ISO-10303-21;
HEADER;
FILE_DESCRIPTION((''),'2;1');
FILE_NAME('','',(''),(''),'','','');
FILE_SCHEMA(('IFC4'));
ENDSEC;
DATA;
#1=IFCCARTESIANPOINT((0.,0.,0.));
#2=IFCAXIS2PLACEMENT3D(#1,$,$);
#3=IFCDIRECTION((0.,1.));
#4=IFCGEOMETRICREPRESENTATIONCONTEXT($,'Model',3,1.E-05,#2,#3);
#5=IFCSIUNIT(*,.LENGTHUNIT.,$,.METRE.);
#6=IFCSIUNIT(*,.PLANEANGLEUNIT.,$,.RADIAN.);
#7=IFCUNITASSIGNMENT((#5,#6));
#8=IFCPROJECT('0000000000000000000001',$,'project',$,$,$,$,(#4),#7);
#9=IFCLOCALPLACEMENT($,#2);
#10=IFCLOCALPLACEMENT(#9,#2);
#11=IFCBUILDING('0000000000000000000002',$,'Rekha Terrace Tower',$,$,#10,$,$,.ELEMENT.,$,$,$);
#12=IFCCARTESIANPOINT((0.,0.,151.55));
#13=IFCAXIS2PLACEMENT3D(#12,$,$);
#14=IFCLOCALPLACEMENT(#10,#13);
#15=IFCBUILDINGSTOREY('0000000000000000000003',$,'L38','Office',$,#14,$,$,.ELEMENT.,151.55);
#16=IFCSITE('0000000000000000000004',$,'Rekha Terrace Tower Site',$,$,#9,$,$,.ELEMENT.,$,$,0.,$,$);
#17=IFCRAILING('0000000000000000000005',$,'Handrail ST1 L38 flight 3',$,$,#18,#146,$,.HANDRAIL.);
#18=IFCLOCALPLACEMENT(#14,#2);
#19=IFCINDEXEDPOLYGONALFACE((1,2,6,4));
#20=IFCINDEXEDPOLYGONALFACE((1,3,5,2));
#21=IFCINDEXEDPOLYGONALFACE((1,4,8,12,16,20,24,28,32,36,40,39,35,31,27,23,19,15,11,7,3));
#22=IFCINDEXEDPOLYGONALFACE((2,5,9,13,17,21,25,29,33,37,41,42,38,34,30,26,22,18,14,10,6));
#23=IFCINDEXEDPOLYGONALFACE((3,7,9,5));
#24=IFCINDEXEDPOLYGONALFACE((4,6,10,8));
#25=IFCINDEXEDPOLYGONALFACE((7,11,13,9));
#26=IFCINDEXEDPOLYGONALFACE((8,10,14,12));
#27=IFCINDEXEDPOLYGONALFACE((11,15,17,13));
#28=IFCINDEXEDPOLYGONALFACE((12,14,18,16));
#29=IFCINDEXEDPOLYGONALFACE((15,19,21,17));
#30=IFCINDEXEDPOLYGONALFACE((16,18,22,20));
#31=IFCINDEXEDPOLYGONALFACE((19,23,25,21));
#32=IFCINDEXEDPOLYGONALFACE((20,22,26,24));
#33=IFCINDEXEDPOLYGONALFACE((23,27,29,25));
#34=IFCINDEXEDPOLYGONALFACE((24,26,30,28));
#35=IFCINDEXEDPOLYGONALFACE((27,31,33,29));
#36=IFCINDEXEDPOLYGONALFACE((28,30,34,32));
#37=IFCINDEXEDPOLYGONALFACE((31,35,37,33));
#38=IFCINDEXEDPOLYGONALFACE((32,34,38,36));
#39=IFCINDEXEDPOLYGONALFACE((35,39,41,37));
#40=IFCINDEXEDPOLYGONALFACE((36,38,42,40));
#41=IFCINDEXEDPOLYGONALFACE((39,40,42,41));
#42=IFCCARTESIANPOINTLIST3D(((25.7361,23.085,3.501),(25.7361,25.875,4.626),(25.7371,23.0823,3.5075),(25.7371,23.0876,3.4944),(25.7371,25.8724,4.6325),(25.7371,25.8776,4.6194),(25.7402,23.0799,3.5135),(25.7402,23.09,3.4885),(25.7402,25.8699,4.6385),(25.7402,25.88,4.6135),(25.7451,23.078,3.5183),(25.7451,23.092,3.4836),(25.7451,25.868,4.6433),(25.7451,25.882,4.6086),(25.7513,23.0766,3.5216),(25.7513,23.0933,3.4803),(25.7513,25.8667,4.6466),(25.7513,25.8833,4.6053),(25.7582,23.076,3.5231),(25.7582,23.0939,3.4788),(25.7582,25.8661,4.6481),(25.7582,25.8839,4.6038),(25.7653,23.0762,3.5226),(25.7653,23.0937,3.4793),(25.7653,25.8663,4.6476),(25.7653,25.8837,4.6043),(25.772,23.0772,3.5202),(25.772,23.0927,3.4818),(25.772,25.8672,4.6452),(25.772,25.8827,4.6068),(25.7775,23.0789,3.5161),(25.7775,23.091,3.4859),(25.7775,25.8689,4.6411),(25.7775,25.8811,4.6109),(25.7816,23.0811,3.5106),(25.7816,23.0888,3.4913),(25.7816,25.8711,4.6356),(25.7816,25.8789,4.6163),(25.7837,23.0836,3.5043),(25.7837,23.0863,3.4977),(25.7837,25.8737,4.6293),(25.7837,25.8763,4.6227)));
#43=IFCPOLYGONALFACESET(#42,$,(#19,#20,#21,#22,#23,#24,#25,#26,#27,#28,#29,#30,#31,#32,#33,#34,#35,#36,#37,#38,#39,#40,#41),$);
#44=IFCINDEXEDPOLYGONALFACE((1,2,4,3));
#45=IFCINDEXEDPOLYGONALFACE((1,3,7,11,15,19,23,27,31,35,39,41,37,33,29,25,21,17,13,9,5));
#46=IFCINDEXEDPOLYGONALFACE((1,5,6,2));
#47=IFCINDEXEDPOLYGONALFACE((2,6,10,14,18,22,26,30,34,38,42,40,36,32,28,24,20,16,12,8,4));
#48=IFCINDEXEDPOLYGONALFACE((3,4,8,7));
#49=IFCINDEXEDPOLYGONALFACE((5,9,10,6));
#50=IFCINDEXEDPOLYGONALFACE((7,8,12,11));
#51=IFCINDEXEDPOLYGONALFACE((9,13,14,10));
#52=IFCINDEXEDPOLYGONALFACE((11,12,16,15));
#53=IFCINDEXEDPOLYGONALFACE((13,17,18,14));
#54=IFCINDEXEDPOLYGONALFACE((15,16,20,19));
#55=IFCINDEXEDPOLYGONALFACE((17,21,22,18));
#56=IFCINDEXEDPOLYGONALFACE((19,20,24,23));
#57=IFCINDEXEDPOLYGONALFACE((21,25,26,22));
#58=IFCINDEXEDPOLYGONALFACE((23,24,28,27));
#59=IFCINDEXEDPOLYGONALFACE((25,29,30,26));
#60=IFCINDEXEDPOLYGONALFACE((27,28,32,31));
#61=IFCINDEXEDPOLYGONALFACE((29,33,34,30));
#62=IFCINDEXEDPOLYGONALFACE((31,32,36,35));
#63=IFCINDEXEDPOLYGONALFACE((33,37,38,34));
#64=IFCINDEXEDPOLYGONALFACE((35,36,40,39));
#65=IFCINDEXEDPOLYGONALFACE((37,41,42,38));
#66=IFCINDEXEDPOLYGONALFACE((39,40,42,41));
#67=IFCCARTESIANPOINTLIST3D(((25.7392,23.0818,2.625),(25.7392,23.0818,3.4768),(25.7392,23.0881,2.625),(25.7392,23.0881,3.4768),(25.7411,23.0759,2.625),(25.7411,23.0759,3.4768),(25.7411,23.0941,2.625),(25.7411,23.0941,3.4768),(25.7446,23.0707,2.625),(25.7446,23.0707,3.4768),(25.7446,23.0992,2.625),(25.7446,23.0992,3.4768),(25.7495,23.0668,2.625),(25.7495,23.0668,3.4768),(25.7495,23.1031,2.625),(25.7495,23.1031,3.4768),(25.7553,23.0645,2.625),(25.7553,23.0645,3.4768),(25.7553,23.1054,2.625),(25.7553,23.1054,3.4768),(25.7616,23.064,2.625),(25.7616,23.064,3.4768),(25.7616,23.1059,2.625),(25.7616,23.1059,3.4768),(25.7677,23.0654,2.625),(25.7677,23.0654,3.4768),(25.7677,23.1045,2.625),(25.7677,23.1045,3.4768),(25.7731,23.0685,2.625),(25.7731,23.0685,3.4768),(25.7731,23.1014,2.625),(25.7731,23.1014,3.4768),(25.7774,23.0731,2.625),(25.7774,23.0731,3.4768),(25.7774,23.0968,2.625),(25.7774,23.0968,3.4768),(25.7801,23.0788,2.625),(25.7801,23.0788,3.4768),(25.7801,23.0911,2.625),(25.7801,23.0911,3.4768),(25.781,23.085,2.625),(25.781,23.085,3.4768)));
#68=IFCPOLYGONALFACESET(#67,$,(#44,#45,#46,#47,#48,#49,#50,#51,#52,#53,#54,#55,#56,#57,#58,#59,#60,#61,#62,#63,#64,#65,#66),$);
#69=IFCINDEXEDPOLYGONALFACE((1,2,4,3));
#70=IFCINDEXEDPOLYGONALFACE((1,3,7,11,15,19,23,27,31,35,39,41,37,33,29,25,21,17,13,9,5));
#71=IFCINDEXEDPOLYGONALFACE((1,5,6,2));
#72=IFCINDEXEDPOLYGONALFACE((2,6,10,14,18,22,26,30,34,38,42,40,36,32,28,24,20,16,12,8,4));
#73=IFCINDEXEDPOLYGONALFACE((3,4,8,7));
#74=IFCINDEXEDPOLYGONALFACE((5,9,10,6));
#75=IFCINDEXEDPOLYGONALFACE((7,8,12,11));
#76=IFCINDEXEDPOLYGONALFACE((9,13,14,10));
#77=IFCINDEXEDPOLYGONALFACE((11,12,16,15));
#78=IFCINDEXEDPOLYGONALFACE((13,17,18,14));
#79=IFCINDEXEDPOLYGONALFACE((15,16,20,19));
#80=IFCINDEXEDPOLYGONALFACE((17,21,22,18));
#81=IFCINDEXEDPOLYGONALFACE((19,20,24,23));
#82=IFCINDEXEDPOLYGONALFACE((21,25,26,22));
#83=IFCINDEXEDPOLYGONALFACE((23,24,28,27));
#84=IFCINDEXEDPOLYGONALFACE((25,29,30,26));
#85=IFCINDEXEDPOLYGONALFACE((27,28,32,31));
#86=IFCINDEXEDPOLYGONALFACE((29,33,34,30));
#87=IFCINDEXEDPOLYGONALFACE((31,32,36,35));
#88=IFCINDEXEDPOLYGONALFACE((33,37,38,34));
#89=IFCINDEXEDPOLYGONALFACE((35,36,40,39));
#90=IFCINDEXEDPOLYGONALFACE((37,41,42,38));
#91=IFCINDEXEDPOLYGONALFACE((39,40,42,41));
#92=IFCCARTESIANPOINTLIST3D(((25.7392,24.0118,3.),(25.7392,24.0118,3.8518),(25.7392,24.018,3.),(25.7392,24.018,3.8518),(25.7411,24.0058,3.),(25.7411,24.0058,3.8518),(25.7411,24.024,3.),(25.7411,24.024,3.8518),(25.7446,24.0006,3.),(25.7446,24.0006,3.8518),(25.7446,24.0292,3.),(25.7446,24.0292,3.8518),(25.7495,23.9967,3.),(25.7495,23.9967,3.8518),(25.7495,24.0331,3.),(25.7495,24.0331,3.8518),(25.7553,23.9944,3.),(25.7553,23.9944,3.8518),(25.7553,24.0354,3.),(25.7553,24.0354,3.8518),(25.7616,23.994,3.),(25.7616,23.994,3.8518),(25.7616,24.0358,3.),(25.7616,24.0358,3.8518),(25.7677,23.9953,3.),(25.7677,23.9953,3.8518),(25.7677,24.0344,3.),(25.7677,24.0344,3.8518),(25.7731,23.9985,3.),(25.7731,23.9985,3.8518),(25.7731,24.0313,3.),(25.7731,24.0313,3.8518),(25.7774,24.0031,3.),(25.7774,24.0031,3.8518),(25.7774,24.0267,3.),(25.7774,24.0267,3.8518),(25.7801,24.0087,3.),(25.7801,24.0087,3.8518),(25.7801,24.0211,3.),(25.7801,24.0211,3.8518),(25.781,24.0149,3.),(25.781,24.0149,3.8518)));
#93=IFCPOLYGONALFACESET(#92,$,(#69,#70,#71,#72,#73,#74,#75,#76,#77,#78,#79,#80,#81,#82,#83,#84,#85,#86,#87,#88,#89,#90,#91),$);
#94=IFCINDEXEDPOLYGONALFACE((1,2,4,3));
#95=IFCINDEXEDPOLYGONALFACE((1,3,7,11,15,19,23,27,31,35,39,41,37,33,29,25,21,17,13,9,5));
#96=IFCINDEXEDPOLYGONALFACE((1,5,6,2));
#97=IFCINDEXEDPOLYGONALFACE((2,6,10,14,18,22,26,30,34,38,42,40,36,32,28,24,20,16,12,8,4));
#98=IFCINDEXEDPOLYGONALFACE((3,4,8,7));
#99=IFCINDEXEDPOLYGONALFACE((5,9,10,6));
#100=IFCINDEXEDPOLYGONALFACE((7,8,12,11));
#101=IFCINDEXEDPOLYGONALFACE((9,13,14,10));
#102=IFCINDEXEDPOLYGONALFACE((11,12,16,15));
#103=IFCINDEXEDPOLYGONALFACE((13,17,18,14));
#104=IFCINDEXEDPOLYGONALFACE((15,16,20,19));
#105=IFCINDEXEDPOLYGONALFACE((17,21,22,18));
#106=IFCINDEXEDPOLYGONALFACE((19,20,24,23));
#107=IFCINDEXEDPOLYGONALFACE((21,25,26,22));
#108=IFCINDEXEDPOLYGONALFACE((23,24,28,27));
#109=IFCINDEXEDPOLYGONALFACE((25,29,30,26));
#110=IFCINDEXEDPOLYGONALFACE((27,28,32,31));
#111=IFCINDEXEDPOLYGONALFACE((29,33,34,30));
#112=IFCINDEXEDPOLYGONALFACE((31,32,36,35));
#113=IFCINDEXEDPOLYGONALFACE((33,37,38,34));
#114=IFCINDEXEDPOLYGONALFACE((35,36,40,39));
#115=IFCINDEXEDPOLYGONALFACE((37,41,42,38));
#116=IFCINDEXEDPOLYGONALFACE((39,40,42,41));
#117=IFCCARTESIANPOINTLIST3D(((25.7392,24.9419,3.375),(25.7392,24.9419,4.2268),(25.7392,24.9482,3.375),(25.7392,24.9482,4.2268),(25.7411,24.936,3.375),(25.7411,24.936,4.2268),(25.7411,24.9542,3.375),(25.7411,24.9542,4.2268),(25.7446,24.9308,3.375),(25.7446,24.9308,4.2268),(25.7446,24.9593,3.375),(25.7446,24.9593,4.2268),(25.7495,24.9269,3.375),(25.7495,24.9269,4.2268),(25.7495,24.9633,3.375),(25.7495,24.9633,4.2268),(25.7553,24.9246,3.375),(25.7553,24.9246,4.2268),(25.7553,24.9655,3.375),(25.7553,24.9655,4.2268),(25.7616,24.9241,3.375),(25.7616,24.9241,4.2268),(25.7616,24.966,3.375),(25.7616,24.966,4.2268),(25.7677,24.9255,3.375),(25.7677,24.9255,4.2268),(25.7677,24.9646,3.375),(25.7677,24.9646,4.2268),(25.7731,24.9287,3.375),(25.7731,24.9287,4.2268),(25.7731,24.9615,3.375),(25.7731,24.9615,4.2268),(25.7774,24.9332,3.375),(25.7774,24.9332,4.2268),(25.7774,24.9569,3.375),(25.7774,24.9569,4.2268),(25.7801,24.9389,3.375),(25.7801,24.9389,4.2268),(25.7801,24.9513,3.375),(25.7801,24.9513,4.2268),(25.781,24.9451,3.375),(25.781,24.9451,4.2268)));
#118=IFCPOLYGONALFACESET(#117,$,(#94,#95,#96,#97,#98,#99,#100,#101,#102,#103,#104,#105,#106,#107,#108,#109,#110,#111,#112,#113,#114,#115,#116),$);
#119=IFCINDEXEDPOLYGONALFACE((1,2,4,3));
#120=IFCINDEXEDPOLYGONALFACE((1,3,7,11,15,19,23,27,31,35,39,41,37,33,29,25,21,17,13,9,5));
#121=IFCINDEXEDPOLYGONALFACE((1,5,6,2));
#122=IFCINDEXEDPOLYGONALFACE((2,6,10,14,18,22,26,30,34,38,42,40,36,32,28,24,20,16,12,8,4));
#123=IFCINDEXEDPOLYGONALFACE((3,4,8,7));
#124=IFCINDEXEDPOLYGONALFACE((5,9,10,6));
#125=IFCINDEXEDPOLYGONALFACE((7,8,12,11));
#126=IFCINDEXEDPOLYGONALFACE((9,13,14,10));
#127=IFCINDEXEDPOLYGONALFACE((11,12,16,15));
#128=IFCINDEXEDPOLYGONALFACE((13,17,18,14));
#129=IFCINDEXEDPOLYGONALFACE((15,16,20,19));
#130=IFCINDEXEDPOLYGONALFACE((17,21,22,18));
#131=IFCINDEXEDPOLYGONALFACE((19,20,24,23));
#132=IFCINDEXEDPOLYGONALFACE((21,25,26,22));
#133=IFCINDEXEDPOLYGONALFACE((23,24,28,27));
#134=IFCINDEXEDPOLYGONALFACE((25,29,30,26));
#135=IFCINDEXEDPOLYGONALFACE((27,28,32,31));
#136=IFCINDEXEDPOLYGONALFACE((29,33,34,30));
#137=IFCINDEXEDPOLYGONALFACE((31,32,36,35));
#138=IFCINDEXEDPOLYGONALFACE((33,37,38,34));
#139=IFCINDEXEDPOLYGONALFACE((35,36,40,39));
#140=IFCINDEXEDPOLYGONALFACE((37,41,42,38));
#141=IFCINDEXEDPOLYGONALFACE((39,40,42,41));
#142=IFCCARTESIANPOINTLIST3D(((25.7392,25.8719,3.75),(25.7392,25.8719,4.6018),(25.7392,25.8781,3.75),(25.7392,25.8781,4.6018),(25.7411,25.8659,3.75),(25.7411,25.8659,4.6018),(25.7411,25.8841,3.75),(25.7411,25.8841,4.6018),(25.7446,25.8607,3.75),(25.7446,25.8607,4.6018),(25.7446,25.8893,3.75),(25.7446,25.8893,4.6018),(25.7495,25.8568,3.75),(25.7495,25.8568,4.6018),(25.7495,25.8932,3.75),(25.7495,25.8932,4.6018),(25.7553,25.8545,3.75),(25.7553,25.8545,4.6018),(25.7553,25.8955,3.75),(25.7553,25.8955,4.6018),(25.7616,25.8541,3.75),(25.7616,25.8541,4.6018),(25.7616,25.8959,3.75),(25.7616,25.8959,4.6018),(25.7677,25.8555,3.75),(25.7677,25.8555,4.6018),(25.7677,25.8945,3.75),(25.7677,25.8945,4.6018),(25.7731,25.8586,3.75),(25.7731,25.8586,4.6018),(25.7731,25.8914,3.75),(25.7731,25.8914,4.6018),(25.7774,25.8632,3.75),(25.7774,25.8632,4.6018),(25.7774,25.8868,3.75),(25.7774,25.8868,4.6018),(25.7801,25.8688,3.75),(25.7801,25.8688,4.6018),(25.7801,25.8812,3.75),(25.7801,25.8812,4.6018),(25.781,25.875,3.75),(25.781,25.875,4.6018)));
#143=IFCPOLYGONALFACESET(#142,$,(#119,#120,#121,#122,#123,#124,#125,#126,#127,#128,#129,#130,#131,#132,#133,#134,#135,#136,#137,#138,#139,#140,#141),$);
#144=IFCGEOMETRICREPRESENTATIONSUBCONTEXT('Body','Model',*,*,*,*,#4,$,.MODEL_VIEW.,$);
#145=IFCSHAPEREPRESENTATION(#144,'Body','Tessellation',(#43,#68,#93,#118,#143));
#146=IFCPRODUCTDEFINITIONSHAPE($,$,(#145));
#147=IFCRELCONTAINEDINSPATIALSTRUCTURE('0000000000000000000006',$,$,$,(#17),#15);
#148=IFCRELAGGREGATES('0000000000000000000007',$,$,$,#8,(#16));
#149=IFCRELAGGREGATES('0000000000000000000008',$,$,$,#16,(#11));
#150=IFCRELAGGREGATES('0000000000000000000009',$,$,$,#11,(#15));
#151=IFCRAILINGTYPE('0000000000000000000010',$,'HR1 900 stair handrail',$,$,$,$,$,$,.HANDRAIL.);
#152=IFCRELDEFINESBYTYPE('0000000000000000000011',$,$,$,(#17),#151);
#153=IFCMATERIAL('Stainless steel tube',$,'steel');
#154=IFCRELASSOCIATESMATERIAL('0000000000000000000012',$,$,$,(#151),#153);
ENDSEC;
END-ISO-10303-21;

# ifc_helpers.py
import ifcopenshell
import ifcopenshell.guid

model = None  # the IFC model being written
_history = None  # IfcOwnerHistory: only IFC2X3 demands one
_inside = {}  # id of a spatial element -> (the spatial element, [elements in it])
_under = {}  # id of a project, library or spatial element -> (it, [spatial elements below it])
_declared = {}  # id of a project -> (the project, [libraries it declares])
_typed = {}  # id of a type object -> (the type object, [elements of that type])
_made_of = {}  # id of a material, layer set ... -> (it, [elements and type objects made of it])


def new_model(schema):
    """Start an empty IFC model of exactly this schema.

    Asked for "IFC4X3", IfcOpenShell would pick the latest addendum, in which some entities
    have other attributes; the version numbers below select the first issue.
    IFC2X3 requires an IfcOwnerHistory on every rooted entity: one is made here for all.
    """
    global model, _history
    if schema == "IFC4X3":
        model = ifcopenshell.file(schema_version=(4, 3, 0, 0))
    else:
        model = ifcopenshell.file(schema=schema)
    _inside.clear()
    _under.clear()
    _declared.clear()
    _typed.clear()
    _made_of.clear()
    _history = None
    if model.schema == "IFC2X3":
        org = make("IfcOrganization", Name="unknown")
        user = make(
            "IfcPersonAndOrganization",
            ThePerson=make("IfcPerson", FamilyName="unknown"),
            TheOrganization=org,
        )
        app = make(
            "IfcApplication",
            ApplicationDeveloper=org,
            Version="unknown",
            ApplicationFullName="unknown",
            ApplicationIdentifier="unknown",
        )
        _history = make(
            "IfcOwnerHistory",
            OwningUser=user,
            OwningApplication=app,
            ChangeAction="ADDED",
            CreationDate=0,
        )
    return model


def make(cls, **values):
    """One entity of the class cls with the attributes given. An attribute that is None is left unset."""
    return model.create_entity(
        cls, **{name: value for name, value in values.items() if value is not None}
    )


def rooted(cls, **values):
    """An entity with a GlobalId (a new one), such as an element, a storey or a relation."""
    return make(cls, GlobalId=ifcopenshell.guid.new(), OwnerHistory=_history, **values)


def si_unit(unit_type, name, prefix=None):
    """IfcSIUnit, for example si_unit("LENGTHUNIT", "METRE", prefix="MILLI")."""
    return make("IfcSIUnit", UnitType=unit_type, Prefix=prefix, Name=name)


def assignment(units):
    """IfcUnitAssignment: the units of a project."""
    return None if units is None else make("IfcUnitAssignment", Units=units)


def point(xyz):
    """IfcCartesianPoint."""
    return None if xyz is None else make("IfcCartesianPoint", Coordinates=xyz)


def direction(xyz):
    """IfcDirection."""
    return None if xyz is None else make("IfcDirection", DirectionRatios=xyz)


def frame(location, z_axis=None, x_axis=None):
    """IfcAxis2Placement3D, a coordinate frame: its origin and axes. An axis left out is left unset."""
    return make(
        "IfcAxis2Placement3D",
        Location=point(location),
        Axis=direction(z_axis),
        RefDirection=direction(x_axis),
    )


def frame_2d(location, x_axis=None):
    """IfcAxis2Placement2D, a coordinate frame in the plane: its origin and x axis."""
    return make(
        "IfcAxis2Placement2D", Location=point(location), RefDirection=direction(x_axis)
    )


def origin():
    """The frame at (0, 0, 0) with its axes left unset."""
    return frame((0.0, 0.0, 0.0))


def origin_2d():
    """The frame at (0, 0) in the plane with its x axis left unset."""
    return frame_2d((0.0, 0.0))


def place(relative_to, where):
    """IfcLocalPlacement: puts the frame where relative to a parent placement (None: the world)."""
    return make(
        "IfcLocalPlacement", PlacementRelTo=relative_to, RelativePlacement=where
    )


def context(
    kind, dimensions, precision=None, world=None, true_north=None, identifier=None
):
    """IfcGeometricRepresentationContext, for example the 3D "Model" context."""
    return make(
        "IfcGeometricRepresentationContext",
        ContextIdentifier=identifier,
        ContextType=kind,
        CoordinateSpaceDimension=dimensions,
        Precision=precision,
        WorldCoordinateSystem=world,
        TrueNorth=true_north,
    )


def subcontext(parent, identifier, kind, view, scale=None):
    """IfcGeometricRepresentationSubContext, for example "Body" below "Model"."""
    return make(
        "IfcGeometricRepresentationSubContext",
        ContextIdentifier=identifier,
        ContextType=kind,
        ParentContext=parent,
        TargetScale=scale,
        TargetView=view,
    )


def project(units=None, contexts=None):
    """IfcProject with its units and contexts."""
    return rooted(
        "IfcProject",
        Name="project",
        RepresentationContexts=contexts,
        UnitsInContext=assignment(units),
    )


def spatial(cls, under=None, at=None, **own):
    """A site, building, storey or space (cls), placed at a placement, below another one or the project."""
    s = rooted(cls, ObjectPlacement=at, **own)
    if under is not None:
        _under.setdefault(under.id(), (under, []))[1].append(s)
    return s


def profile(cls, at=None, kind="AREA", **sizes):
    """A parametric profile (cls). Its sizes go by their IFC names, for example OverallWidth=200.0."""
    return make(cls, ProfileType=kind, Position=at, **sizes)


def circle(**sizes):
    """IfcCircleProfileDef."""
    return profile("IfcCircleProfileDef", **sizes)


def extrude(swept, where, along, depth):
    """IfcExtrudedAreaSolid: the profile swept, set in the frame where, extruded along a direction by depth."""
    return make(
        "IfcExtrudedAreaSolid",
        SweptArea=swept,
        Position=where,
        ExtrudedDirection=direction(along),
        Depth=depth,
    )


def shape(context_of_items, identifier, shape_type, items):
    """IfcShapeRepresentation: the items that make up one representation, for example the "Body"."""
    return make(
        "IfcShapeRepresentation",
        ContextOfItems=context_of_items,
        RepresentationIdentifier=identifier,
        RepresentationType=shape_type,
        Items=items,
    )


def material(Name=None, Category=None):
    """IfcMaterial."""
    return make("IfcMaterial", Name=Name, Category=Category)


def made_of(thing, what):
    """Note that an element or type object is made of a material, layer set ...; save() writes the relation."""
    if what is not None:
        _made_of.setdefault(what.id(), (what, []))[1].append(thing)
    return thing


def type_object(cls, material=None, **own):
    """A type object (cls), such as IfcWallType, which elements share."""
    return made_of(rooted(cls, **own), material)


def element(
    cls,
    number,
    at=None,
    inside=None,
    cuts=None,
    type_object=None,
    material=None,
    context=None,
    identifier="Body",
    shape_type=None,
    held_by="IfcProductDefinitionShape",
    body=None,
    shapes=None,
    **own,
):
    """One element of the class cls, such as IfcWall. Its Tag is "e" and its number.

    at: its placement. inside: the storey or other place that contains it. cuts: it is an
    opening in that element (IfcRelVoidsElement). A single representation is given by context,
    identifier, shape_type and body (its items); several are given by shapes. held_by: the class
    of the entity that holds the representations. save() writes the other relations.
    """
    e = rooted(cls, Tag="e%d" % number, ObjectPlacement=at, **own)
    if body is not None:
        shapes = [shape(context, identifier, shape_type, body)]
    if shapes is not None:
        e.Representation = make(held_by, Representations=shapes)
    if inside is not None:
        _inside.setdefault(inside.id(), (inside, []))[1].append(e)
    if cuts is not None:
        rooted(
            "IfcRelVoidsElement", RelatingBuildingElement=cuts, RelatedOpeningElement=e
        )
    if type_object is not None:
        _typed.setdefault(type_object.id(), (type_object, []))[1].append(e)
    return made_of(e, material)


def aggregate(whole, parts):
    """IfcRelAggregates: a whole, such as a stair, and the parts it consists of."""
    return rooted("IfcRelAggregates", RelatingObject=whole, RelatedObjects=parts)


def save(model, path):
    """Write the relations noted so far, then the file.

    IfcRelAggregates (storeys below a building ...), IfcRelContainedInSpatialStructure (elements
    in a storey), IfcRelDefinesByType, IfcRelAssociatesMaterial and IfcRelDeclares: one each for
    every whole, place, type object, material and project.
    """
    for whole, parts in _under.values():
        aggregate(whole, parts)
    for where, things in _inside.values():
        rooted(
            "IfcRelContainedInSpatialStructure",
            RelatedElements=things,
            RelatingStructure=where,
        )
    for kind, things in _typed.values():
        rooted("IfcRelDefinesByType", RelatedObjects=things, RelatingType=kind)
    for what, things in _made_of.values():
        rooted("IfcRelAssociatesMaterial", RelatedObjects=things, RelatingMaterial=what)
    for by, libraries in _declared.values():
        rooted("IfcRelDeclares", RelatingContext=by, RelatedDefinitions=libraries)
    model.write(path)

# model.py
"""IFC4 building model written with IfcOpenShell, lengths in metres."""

from ifc_helpers import new_model, si_unit, direction, frame, origin, origin_2d, place, context, subcontext, project, spatial, circle, extrude, material, type_object, element, save


model = new_model("IFC4")

# Units and contexts
model_context = context("Model", 3, precision=1e-05, world=origin(), true_north=direction((0.0, 1.0)))
body_context = subcontext(model_context, "Body", "Model", "MODEL_VIEW")
ifc_project = project(units=[si_unit("LENGTHUNIT", "METRE"), si_unit("PLANEANGLEUNIT", "RADIAN")], contexts=[model_context])

# Site, building, storey
site_placement = place(None, origin())
site = spatial("IfcSite", under=ifc_project, at=site_placement, Name="Rekha Terrace Tower Site", CompositionType="ELEMENT", RefElevation=0.0)
building_placement = place(site_placement, origin())
building = spatial("IfcBuilding", under=site, at=building_placement, Name="Rekha Terrace Tower", CompositionType="ELEMENT")
storey_placement = place(building_placement, frame((0.0, 0.0, 151.55)))
storey = spatial("IfcBuildingStorey", under=building, at=storey_placement, Name="L38", Description="Office", CompositionType="ELEMENT", Elevation=151.55)

# Railing
ifc_material_1 = material(Name="Stainless steel tube", Category="steel")
railing_type_1 = type_object("IfcRailingType", Name="HR1 900 stair handrail", PredefinedType="HANDRAIL", material=ifc_material_1)
railing_1_placement = place(storey_placement, frame((25.76, 23.085, 2.625)))
element("IfcRailing", 1, at=railing_1_placement, inside=storey, type_object=railing_type_1, Name="Handrail ST1 L38 flight 3", PredefinedType="HANDRAIL", context=body_context, shape_type="SweptSolid", body=[
    extrude(circle(Radius=0.0239, at=origin_2d()), frame((0.0, 0.0, 0.876), z_axis=(0.0, 0.927443, 0.373964), x_axis=(-1.0, 0.0, 0.0)), (0.0, 0.0, 1.0), 3.0083),
    extrude(circle(Radius=0.021, at=origin_2d()), origin(), (0.0, 0.0, 1.0), 0.8518),
    extrude(circle(Radius=0.021, at=origin_2d()), frame((0.0, 0.9299, 0.375)), (0.0, 0.0, 1.0), 0.8518),
    extrude(circle(Radius=0.021, at=origin_2d()), frame((0.0, 1.8601, 0.75)), (0.0, 0.0, 1.0), 0.8518),
    extrude(circle(Radius=0.021, at=origin_2d()), frame((0.0, 2.79, 1.125)), (0.0, 0.0, 1.0), 0.8518),
])

save(model, "model.ifc")
